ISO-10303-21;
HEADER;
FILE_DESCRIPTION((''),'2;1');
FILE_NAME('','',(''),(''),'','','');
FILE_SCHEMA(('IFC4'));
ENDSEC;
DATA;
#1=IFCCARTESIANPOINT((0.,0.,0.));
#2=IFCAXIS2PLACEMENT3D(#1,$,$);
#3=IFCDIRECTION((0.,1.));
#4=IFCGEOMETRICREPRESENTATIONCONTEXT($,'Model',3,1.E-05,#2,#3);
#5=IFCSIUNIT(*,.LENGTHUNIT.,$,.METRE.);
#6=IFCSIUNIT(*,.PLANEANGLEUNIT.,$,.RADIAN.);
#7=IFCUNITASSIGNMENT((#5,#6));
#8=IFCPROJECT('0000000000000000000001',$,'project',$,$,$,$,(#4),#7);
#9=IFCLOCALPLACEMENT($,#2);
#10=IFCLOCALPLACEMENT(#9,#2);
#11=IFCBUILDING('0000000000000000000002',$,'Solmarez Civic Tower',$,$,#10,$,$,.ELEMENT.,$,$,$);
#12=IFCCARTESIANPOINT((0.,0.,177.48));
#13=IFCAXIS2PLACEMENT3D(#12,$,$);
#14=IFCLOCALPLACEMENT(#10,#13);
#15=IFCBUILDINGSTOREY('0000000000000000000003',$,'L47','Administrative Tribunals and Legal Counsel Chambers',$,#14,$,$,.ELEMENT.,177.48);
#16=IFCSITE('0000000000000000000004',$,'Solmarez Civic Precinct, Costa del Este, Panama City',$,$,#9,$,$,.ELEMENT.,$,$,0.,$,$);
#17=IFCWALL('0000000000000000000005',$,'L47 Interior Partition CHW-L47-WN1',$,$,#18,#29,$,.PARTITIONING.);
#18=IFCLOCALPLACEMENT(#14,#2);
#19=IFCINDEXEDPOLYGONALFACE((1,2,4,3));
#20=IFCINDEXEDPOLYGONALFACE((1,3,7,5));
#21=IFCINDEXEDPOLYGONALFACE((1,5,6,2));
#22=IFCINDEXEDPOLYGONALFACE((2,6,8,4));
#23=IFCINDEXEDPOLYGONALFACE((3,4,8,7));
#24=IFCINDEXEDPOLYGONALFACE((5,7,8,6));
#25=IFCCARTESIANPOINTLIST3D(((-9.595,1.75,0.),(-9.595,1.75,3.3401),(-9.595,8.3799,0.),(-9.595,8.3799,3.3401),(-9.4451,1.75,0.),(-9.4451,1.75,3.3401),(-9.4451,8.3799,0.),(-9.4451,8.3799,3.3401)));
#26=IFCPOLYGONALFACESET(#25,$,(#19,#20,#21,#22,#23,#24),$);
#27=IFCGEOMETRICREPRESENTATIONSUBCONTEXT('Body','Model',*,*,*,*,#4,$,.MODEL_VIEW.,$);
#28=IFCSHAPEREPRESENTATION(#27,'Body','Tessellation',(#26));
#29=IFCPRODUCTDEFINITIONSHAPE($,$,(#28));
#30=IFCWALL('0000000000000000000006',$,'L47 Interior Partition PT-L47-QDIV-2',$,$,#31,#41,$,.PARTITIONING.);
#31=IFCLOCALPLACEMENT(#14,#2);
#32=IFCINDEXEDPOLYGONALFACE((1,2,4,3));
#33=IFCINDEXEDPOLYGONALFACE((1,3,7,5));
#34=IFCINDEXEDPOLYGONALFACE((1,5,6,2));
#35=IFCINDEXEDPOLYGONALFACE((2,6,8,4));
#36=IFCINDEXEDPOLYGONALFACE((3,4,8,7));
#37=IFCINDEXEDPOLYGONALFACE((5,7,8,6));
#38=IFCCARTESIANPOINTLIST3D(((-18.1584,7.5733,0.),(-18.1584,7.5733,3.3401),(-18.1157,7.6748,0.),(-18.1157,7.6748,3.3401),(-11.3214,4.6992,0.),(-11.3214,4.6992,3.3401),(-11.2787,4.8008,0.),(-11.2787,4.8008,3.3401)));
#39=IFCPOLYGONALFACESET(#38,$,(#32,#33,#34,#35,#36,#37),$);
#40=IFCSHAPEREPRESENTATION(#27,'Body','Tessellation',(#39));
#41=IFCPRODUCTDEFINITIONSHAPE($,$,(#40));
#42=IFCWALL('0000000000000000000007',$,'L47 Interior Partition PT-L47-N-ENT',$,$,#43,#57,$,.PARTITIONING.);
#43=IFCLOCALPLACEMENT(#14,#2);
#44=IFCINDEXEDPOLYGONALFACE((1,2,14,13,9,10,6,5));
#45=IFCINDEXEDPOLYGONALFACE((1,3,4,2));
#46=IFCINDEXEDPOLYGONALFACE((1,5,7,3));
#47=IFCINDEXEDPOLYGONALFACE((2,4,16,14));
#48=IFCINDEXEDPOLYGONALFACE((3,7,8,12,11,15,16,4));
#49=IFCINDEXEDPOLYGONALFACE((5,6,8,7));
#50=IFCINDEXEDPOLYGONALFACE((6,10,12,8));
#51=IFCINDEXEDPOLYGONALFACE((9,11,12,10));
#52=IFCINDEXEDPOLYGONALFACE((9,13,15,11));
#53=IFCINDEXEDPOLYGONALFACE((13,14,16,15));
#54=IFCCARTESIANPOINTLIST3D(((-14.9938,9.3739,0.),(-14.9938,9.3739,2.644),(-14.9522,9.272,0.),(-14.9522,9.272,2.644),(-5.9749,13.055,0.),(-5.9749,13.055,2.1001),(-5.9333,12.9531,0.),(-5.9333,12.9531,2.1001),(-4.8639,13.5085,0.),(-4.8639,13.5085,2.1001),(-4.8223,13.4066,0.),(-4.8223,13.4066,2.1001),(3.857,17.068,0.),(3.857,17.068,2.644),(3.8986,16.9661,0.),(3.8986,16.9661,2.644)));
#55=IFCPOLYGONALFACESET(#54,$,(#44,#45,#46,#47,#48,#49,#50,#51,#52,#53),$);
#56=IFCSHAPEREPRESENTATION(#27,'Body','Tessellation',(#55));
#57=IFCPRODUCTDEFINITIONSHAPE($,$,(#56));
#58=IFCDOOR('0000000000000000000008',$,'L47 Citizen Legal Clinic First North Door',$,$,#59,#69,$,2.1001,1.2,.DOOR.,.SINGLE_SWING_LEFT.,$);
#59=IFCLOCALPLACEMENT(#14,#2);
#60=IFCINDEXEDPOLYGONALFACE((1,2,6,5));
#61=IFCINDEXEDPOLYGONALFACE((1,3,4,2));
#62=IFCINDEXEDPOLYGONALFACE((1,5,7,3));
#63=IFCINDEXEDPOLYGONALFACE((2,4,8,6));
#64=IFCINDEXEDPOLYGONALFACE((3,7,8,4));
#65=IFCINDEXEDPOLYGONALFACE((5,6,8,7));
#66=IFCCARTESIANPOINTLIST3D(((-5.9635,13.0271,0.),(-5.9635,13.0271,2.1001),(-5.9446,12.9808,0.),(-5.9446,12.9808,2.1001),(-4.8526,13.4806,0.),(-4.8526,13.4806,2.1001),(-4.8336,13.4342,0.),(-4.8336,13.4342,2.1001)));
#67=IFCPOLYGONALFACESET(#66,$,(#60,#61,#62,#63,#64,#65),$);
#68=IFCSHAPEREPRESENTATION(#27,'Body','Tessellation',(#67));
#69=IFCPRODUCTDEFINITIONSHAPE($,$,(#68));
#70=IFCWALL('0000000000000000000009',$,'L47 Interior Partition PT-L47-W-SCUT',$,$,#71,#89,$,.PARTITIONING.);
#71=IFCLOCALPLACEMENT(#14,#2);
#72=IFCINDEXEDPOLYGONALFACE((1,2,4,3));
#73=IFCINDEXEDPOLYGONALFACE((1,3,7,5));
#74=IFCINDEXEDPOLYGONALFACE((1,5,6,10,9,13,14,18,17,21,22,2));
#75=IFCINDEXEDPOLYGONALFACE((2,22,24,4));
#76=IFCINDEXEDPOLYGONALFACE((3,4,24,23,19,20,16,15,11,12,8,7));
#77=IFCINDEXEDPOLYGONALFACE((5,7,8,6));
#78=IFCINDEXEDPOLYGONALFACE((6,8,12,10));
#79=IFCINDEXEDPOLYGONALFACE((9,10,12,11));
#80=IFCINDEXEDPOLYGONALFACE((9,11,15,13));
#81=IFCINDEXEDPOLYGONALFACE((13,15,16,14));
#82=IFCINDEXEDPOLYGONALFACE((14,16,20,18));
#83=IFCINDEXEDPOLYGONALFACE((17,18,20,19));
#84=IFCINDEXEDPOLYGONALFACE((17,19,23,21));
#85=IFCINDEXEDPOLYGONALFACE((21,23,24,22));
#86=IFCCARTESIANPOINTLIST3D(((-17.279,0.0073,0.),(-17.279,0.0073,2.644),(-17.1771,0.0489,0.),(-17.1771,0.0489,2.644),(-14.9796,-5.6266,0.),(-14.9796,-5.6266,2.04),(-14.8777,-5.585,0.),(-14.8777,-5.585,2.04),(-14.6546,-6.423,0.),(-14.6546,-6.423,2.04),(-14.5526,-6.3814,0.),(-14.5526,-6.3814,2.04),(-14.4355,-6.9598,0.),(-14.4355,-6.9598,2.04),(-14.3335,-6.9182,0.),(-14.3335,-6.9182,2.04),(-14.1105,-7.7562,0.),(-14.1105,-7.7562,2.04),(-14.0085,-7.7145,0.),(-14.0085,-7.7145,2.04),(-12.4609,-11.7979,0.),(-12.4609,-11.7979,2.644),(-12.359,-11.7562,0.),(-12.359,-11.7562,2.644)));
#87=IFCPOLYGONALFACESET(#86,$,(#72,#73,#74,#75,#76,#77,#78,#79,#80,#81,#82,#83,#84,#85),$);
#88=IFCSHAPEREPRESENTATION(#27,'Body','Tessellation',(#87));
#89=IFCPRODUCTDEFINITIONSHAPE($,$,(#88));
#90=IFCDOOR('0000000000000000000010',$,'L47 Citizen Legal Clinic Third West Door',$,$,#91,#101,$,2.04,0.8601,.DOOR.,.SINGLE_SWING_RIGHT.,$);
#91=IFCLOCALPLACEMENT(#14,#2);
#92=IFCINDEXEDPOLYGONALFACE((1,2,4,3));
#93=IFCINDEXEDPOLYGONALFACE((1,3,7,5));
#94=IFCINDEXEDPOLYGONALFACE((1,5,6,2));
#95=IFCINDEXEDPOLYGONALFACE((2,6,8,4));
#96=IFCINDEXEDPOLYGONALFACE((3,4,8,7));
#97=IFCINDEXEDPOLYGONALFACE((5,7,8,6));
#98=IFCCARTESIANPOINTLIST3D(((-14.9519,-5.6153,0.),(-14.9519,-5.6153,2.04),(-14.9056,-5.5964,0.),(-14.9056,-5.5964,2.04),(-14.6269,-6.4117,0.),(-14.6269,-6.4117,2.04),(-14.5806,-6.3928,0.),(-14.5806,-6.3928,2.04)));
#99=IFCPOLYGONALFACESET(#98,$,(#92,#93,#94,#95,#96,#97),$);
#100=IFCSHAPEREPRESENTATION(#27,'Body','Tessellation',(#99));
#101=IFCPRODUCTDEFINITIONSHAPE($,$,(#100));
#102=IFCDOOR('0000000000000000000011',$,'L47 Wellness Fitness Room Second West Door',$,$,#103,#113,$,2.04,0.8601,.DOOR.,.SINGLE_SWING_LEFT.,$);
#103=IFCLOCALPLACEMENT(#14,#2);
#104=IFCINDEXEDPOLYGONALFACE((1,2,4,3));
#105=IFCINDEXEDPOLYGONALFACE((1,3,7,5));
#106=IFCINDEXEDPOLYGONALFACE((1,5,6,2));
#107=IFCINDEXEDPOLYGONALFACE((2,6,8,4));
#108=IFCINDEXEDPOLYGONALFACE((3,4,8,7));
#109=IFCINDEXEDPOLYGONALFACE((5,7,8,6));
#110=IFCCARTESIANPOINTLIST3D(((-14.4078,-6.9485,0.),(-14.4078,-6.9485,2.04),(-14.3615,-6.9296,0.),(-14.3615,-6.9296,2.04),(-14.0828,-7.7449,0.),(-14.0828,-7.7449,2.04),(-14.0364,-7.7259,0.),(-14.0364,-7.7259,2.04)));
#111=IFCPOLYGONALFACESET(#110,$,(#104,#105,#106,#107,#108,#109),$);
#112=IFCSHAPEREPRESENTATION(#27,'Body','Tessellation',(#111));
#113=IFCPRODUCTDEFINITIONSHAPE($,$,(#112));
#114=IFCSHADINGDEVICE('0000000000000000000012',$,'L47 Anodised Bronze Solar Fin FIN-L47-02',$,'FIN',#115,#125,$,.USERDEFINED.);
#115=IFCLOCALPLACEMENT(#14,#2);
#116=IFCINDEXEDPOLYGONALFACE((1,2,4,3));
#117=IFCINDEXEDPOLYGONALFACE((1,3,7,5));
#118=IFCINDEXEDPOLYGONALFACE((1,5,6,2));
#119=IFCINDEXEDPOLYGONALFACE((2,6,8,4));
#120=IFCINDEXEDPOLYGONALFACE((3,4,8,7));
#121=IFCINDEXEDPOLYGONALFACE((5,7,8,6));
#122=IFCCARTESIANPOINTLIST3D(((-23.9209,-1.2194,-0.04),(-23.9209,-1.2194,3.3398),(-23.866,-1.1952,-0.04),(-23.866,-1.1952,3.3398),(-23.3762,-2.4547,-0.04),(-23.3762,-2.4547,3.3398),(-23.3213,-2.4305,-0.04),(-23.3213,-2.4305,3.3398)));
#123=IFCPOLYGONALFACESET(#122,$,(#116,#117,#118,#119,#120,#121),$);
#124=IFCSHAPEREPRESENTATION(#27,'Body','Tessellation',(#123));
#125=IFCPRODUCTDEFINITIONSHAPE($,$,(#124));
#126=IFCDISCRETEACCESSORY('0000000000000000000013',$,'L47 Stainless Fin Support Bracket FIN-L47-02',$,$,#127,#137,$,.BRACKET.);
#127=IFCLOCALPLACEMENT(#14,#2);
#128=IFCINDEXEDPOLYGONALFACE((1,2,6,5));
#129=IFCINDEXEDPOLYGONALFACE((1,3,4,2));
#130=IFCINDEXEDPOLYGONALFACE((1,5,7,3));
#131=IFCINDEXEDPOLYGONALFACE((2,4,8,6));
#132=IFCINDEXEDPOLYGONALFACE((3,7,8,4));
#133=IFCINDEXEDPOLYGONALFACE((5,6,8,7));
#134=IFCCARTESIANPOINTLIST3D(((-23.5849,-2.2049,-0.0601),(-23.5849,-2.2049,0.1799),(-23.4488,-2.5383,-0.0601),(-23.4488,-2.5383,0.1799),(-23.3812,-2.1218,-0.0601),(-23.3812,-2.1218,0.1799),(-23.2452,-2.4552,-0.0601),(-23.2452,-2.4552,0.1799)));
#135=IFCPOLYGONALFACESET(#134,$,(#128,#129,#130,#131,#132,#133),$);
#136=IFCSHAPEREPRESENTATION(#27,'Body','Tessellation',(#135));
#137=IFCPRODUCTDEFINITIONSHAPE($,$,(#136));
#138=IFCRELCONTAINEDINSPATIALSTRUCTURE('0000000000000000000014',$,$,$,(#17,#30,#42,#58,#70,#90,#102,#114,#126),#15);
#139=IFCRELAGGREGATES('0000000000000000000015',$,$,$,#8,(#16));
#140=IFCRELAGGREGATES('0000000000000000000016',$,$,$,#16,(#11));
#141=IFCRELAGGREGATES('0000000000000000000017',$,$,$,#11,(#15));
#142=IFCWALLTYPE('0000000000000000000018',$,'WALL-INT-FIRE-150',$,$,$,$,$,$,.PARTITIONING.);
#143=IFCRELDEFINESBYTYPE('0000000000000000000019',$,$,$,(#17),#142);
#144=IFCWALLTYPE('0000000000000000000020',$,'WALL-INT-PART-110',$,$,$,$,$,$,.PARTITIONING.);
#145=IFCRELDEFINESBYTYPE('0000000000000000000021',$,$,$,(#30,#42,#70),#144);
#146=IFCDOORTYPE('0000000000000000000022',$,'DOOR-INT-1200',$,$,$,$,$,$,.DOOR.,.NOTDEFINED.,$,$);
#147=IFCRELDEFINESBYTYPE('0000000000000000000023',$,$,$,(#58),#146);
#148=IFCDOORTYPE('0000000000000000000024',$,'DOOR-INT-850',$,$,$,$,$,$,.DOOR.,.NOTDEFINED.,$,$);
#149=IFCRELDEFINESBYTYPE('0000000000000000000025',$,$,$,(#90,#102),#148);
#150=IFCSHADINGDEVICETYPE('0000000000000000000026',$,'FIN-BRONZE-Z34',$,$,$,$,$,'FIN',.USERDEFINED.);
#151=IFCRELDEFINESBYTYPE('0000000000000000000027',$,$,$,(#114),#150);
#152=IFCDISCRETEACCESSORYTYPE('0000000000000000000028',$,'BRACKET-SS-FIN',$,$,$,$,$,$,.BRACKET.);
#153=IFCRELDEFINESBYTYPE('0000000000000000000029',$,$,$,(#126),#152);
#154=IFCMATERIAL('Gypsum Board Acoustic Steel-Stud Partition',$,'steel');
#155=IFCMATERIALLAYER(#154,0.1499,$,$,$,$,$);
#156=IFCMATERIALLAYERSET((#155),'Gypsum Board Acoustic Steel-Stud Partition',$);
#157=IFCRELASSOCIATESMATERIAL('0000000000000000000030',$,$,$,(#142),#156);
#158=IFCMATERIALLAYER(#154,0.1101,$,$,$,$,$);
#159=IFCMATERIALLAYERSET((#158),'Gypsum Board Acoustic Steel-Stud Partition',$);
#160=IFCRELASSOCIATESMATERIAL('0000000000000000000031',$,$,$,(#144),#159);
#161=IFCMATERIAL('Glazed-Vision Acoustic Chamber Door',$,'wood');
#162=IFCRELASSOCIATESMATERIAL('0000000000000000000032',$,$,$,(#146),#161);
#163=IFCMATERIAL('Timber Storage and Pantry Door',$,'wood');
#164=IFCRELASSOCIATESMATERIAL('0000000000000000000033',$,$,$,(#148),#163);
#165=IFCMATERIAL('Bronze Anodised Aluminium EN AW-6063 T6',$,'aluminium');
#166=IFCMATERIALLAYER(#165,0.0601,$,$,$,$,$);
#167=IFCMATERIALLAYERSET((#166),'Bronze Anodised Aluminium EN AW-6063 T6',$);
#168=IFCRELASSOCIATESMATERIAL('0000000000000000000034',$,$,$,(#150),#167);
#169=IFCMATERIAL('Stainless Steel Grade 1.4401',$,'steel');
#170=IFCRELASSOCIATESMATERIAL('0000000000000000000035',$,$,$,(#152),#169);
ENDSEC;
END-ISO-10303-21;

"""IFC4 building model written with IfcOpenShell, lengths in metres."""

from ifc_helpers import new_model, si_unit, direction, frame, frame_2d, origin, origin_2d, place, context, subcontext, project, spatial, rectangle, extrude, material, layer, layer_set, type_object, element, fill, save


model = new_model("IFC4")

# Units and contexts
model_context = context("Model", 3, precision=1e-05, world=origin(), true_north=direction((0.0, 1.0)))
body_context = subcontext(model_context, "Body", "Model", "MODEL_VIEW")
ifc_project = project(units=[si_unit("LENGTHUNIT", "METRE"), si_unit("PLANEANGLEUNIT", "RADIAN")], contexts=[model_context])

# Site, building, storey
site_placement = place(None, origin())
site = spatial("IfcSite", under=ifc_project, at=site_placement, Name="Solmarez Civic Precinct, Costa del Este, Panama City", CompositionType="ELEMENT", RefElevation=0.0)
building_placement = place(site_placement, origin())
building = spatial("IfcBuilding", under=site, at=building_placement, Name="Solmarez Civic Tower", CompositionType="ELEMENT")
storey_placement = place(building_placement, frame((0.0, 0.0, 177.48)))
storey = spatial("IfcBuildingStorey", under=building, at=storey_placement, Name="L47", Description="Administrative Tribunals and Legal Counsel Chambers", CompositionType="ELEMENT", Elevation=177.48)

# Walls
ifc_material_1 = material(Name="Gypsum Board Acoustic Steel-Stud Partition", Category="steel")
ifc_layer_1 = layer(ifc_material_1, 0.1499)
ifc_layer_set_1 = layer_set([ifc_layer_1], Name="Gypsum Board Acoustic Steel-Stud Partition")
wall_type_1 = type_object("IfcWallType", Name="WALL-INT-FIRE-150", PredefinedType="PARTITIONING", material=ifc_layer_set_1)
wall_1_placement = place(storey_placement, frame((-9.52, 1.75, 0.0), z_axis=(0.0, 0.0, 1.0), x_axis=(0.0, 1.0, 0.0)))
element("IfcWall", 1, at=wall_1_placement, inside=storey, type_object=wall_type_1, Name="L47 Interior Partition CHW-L47-WN1", PredefinedType="PARTITIONING", context=body_context, shape_type="SweptSolid", body=[
    extrude(rectangle(XDim=6.6299, YDim=0.1499, at=frame_2d((3.3149, 0.0))), origin(), (0.0, 0.0, 1.0), 3.3401),
])
ifc_layer_2 = layer(ifc_material_1, 0.1101)
ifc_layer_set_2 = layer_set([ifc_layer_2], Name="Gypsum Board Acoustic Steel-Stud Partition")
wall_type_2 = type_object("IfcWallType", Name="WALL-INT-PART-110", PredefinedType="PARTITIONING", material=ifc_layer_set_2)
wall_2_placement = place(storey_placement, frame((-11.3, 4.75, 0.0), z_axis=(0.0, 0.0, 1.0), x_axis=(-0.921861, 0.387521, 0.0)))
element("IfcWall", 2, at=wall_2_placement, inside=storey, type_object=wall_type_2, Name="L47 Interior Partition PT-L47-QDIV-2", PredefinedType="PARTITIONING", context=body_context, shape_type="SweptSolid", body=[
    extrude(rectangle(XDim=7.4165, YDim=0.1101, at=frame_2d((3.7083, 0.0))), origin(), (0.0, 0.0, 1.0), 3.3401),
])

# Wall, opening, door
wall_3_placement = place(storey_placement, frame((-14.9729, 9.323, 0.0), z_axis=(0.0, 0.0, 1.0), x_axis=(0.92585, 0.377892, 0.0)))
wall_3 = element("IfcWall", 3, at=wall_3_placement, inside=storey, type_object=wall_type_2, Name="L47 Interior Partition PT-L47-N-ENT", PredefinedType="PARTITIONING", context=body_context, shape_type="SweptSolid", body=[
    extrude(rectangle(XDim=20.3606, YDim=0.1101, at=frame_2d((10.1802, 0.0))), origin(), (0.0, 0.0, 1.0), 2.644),
])
opening_1_placement = place(wall_3_placement, frame((9.741, 0.0, 0.0)))
opening_1 = element("IfcOpeningElement", 4, at=opening_1_placement, cuts=wall_3, PredefinedType="OPENING", context=body_context, shape_type="SweptSolid", body=[
    extrude(rectangle(XDim=1.2, YDim=2.1001, at=frame_2d((0.6001, 1.05))), frame((0.0, 0.0649, 0.0), z_axis=(0.0, -1.0, 0.0), x_axis=(1.0, 0.0, 0.0)), (0.0, 0.0, 1.0), 0.1301),
])
ifc_material_2 = material(Name="Glazed-Vision Acoustic Chamber Door", Category="wood")
door_type_1 = type_object("IfcDoorType", Name="DOOR-INT-1200", OperationType="NOTDEFINED", PredefinedType="DOOR", material=ifc_material_2)
door_1_placement = place(opening_1_placement, origin())
door_1 = element("IfcDoor", 5, at=door_1_placement, inside=storey, type_object=door_type_1, Name="L47 Citizen Legal Clinic First North Door", OperationType="SINGLE_SWING_LEFT", OverallHeight=2.1001, OverallWidth=1.2, PredefinedType="DOOR", context=body_context, shape_type="SweptSolid", body=[
    extrude(rectangle(XDim=1.2, YDim=2.1001, at=frame_2d((0.6001, 1.05))), frame((0.0, 0.0249, 0.0), z_axis=(0.0, -1.0, 0.0), x_axis=(1.0, 0.0, 0.0)), (0.0, 0.0, 1.0), 0.05),
])
fill(opening_1, door_1)

# Wall, openings, doors
wall_4_placement = place(storey_placement, frame((-17.228, 0.0281, 0.0), z_axis=(0.0, 0.0, 1.0), x_axis=(0.377875, -0.925857, 0.0)))
wall_4 = element("IfcWall", 6, at=wall_4_placement, inside=storey, type_object=wall_type_2, Name="L47 Interior Partition PT-L47-W-SCUT", PredefinedType="PARTITIONING", context=body_context, shape_type="SweptSolid", body=[
    extrude(rectangle(XDim=12.7505, YDim=0.1101, at=frame_2d((6.3752, 0.0))), origin(), (0.0, 0.0, 1.0), 2.644),
])
opening_2_placement = place(wall_4_placement, frame((6.085, 0.0, 0.0)))
opening_2 = element("IfcOpeningElement", 7, at=opening_2_placement, cuts=wall_4, PredefinedType="OPENING", context=body_context, shape_type="SweptSolid", body=[
    extrude(rectangle(XDim=0.8601, YDim=2.04, at=frame_2d((0.4302, 1.02))), frame((0.0, 0.0649, 0.0), z_axis=(0.0, -1.0, 0.0), x_axis=(1.0, 0.0, 0.0)), (0.0, 0.0, 1.0), 0.1301),
])
opening_3_placement = place(wall_4_placement, frame((7.5249, 0.0, 0.0)))
opening_3 = element("IfcOpeningElement", 8, at=opening_3_placement, cuts=wall_4, PredefinedType="OPENING", context=body_context, shape_type="SweptSolid", body=[
    extrude(rectangle(XDim=0.8601, YDim=2.04, at=frame_2d((0.4302, 1.02))), frame((0.0, 0.0649, 0.0), z_axis=(0.0, -1.0, 0.0), x_axis=(1.0, 0.0, 0.0)), (0.0, 0.0, 1.0), 0.1301),
])
ifc_material_3 = material(Name="Timber Storage and Pantry Door", Category="wood")
door_type_2 = type_object("IfcDoorType", Name="DOOR-INT-850", OperationType="NOTDEFINED", PredefinedType="DOOR", material=ifc_material_3)
door_2_placement = place(opening_2_placement, origin())
door_2 = element("IfcDoor", 9, at=door_2_placement, inside=storey, type_object=door_type_2, Name="L47 Citizen Legal Clinic Third West Door", OperationType="SINGLE_SWING_RIGHT", OverallHeight=2.04, OverallWidth=0.8601, PredefinedType="DOOR", context=body_context, shape_type="SweptSolid", body=[
    extrude(rectangle(XDim=0.8601, YDim=2.04, at=frame_2d((0.4302, 1.02))), frame((0.0, 0.0249, 0.0), z_axis=(0.0, -1.0, 0.0), x_axis=(1.0, 0.0, 0.0)), (0.0, 0.0, 1.0), 0.05),
])
fill(opening_2, door_2)
door_3_placement = place(opening_3_placement, origin())
door_3 = element("IfcDoor", 10, at=door_3_placement, inside=storey, type_object=door_type_2, Name="L47 Wellness Fitness Room Second West Door", OperationType="SINGLE_SWING_LEFT", OverallHeight=2.04, OverallWidth=0.8601, PredefinedType="DOOR", context=body_context, shape_type="SweptSolid", body=[
    extrude(rectangle(XDim=0.8601, YDim=2.04, at=frame_2d((0.4302, 1.02))), frame((0.0, 0.0249, 0.0), z_axis=(0.0, -1.0, 0.0), x_axis=(1.0, 0.0, 0.0)), (0.0, 0.0, 1.0), 0.05),
])
fill(opening_3, door_3)

# Shading device
ifc_material_4 = material(Name="Bronze Anodised Aluminium EN AW-6063 T6", Category="aluminium")
ifc_layer_3 = layer(ifc_material_4, 0.0601)
ifc_layer_set_3 = layer_set([ifc_layer_3], Name="Bronze Anodised Aluminium EN AW-6063 T6")
shading_device_type = type_object("IfcShadingDeviceType", Name="FIN-BRONZE-Z34", ElementType="FIN", PredefinedType="USERDEFINED", material=ifc_layer_set_3)
shading_device_placement = place(storey_placement, frame((-23.6211, -1.825, -0.04), z_axis=(0.0, 0.0, 1.0), x_axis=(-0.403449, 0.915002, 0.0)))
element("IfcShadingDevice", 11, at=shading_device_placement, inside=storey, type_object=shading_device_type, Name="L47 Anodised Bronze Solar Fin FIN-L47-02", ObjectType="FIN", PredefinedType="USERDEFINED", context=body_context, shape_type="SweptSolid", body=[
    extrude(rectangle(XDim=1.3501, YDim=0.0601, at=origin_2d()), origin(), (0.0, 0.0, 1.0), 3.3799),
])

# Discrete accessory
ifc_material_5 = material(Name="Stainless Steel Grade 1.4401", Category="steel")
discrete_accessory_type = type_object("IfcDiscreteAccessoryType", Name="BRACKET-SS-FIN", PredefinedType="BRACKET", material=ifc_material_5)
discrete_accessory_placement = place(storey_placement, frame((-23.415, -2.3301, -0.0601), z_axis=(0.0, 0.0, 1.0), x_axis=(-0.377858, 0.925864, 0.0)))
element("IfcDiscreteAccessory", 12, at=discrete_accessory_placement, inside=storey, type_object=discrete_accessory_type, Name="L47 Stainless Fin Support Bracket FIN-L47-02", PredefinedType="BRACKET", context=body_context, shape_type="SweptSolid", body=[
    extrude(rectangle(XDim=0.3601, YDim=0.22, at=origin_2d()), origin(), (0.0, 0.0, 1.0), 0.24),
])

save(model, "model.ifc")
